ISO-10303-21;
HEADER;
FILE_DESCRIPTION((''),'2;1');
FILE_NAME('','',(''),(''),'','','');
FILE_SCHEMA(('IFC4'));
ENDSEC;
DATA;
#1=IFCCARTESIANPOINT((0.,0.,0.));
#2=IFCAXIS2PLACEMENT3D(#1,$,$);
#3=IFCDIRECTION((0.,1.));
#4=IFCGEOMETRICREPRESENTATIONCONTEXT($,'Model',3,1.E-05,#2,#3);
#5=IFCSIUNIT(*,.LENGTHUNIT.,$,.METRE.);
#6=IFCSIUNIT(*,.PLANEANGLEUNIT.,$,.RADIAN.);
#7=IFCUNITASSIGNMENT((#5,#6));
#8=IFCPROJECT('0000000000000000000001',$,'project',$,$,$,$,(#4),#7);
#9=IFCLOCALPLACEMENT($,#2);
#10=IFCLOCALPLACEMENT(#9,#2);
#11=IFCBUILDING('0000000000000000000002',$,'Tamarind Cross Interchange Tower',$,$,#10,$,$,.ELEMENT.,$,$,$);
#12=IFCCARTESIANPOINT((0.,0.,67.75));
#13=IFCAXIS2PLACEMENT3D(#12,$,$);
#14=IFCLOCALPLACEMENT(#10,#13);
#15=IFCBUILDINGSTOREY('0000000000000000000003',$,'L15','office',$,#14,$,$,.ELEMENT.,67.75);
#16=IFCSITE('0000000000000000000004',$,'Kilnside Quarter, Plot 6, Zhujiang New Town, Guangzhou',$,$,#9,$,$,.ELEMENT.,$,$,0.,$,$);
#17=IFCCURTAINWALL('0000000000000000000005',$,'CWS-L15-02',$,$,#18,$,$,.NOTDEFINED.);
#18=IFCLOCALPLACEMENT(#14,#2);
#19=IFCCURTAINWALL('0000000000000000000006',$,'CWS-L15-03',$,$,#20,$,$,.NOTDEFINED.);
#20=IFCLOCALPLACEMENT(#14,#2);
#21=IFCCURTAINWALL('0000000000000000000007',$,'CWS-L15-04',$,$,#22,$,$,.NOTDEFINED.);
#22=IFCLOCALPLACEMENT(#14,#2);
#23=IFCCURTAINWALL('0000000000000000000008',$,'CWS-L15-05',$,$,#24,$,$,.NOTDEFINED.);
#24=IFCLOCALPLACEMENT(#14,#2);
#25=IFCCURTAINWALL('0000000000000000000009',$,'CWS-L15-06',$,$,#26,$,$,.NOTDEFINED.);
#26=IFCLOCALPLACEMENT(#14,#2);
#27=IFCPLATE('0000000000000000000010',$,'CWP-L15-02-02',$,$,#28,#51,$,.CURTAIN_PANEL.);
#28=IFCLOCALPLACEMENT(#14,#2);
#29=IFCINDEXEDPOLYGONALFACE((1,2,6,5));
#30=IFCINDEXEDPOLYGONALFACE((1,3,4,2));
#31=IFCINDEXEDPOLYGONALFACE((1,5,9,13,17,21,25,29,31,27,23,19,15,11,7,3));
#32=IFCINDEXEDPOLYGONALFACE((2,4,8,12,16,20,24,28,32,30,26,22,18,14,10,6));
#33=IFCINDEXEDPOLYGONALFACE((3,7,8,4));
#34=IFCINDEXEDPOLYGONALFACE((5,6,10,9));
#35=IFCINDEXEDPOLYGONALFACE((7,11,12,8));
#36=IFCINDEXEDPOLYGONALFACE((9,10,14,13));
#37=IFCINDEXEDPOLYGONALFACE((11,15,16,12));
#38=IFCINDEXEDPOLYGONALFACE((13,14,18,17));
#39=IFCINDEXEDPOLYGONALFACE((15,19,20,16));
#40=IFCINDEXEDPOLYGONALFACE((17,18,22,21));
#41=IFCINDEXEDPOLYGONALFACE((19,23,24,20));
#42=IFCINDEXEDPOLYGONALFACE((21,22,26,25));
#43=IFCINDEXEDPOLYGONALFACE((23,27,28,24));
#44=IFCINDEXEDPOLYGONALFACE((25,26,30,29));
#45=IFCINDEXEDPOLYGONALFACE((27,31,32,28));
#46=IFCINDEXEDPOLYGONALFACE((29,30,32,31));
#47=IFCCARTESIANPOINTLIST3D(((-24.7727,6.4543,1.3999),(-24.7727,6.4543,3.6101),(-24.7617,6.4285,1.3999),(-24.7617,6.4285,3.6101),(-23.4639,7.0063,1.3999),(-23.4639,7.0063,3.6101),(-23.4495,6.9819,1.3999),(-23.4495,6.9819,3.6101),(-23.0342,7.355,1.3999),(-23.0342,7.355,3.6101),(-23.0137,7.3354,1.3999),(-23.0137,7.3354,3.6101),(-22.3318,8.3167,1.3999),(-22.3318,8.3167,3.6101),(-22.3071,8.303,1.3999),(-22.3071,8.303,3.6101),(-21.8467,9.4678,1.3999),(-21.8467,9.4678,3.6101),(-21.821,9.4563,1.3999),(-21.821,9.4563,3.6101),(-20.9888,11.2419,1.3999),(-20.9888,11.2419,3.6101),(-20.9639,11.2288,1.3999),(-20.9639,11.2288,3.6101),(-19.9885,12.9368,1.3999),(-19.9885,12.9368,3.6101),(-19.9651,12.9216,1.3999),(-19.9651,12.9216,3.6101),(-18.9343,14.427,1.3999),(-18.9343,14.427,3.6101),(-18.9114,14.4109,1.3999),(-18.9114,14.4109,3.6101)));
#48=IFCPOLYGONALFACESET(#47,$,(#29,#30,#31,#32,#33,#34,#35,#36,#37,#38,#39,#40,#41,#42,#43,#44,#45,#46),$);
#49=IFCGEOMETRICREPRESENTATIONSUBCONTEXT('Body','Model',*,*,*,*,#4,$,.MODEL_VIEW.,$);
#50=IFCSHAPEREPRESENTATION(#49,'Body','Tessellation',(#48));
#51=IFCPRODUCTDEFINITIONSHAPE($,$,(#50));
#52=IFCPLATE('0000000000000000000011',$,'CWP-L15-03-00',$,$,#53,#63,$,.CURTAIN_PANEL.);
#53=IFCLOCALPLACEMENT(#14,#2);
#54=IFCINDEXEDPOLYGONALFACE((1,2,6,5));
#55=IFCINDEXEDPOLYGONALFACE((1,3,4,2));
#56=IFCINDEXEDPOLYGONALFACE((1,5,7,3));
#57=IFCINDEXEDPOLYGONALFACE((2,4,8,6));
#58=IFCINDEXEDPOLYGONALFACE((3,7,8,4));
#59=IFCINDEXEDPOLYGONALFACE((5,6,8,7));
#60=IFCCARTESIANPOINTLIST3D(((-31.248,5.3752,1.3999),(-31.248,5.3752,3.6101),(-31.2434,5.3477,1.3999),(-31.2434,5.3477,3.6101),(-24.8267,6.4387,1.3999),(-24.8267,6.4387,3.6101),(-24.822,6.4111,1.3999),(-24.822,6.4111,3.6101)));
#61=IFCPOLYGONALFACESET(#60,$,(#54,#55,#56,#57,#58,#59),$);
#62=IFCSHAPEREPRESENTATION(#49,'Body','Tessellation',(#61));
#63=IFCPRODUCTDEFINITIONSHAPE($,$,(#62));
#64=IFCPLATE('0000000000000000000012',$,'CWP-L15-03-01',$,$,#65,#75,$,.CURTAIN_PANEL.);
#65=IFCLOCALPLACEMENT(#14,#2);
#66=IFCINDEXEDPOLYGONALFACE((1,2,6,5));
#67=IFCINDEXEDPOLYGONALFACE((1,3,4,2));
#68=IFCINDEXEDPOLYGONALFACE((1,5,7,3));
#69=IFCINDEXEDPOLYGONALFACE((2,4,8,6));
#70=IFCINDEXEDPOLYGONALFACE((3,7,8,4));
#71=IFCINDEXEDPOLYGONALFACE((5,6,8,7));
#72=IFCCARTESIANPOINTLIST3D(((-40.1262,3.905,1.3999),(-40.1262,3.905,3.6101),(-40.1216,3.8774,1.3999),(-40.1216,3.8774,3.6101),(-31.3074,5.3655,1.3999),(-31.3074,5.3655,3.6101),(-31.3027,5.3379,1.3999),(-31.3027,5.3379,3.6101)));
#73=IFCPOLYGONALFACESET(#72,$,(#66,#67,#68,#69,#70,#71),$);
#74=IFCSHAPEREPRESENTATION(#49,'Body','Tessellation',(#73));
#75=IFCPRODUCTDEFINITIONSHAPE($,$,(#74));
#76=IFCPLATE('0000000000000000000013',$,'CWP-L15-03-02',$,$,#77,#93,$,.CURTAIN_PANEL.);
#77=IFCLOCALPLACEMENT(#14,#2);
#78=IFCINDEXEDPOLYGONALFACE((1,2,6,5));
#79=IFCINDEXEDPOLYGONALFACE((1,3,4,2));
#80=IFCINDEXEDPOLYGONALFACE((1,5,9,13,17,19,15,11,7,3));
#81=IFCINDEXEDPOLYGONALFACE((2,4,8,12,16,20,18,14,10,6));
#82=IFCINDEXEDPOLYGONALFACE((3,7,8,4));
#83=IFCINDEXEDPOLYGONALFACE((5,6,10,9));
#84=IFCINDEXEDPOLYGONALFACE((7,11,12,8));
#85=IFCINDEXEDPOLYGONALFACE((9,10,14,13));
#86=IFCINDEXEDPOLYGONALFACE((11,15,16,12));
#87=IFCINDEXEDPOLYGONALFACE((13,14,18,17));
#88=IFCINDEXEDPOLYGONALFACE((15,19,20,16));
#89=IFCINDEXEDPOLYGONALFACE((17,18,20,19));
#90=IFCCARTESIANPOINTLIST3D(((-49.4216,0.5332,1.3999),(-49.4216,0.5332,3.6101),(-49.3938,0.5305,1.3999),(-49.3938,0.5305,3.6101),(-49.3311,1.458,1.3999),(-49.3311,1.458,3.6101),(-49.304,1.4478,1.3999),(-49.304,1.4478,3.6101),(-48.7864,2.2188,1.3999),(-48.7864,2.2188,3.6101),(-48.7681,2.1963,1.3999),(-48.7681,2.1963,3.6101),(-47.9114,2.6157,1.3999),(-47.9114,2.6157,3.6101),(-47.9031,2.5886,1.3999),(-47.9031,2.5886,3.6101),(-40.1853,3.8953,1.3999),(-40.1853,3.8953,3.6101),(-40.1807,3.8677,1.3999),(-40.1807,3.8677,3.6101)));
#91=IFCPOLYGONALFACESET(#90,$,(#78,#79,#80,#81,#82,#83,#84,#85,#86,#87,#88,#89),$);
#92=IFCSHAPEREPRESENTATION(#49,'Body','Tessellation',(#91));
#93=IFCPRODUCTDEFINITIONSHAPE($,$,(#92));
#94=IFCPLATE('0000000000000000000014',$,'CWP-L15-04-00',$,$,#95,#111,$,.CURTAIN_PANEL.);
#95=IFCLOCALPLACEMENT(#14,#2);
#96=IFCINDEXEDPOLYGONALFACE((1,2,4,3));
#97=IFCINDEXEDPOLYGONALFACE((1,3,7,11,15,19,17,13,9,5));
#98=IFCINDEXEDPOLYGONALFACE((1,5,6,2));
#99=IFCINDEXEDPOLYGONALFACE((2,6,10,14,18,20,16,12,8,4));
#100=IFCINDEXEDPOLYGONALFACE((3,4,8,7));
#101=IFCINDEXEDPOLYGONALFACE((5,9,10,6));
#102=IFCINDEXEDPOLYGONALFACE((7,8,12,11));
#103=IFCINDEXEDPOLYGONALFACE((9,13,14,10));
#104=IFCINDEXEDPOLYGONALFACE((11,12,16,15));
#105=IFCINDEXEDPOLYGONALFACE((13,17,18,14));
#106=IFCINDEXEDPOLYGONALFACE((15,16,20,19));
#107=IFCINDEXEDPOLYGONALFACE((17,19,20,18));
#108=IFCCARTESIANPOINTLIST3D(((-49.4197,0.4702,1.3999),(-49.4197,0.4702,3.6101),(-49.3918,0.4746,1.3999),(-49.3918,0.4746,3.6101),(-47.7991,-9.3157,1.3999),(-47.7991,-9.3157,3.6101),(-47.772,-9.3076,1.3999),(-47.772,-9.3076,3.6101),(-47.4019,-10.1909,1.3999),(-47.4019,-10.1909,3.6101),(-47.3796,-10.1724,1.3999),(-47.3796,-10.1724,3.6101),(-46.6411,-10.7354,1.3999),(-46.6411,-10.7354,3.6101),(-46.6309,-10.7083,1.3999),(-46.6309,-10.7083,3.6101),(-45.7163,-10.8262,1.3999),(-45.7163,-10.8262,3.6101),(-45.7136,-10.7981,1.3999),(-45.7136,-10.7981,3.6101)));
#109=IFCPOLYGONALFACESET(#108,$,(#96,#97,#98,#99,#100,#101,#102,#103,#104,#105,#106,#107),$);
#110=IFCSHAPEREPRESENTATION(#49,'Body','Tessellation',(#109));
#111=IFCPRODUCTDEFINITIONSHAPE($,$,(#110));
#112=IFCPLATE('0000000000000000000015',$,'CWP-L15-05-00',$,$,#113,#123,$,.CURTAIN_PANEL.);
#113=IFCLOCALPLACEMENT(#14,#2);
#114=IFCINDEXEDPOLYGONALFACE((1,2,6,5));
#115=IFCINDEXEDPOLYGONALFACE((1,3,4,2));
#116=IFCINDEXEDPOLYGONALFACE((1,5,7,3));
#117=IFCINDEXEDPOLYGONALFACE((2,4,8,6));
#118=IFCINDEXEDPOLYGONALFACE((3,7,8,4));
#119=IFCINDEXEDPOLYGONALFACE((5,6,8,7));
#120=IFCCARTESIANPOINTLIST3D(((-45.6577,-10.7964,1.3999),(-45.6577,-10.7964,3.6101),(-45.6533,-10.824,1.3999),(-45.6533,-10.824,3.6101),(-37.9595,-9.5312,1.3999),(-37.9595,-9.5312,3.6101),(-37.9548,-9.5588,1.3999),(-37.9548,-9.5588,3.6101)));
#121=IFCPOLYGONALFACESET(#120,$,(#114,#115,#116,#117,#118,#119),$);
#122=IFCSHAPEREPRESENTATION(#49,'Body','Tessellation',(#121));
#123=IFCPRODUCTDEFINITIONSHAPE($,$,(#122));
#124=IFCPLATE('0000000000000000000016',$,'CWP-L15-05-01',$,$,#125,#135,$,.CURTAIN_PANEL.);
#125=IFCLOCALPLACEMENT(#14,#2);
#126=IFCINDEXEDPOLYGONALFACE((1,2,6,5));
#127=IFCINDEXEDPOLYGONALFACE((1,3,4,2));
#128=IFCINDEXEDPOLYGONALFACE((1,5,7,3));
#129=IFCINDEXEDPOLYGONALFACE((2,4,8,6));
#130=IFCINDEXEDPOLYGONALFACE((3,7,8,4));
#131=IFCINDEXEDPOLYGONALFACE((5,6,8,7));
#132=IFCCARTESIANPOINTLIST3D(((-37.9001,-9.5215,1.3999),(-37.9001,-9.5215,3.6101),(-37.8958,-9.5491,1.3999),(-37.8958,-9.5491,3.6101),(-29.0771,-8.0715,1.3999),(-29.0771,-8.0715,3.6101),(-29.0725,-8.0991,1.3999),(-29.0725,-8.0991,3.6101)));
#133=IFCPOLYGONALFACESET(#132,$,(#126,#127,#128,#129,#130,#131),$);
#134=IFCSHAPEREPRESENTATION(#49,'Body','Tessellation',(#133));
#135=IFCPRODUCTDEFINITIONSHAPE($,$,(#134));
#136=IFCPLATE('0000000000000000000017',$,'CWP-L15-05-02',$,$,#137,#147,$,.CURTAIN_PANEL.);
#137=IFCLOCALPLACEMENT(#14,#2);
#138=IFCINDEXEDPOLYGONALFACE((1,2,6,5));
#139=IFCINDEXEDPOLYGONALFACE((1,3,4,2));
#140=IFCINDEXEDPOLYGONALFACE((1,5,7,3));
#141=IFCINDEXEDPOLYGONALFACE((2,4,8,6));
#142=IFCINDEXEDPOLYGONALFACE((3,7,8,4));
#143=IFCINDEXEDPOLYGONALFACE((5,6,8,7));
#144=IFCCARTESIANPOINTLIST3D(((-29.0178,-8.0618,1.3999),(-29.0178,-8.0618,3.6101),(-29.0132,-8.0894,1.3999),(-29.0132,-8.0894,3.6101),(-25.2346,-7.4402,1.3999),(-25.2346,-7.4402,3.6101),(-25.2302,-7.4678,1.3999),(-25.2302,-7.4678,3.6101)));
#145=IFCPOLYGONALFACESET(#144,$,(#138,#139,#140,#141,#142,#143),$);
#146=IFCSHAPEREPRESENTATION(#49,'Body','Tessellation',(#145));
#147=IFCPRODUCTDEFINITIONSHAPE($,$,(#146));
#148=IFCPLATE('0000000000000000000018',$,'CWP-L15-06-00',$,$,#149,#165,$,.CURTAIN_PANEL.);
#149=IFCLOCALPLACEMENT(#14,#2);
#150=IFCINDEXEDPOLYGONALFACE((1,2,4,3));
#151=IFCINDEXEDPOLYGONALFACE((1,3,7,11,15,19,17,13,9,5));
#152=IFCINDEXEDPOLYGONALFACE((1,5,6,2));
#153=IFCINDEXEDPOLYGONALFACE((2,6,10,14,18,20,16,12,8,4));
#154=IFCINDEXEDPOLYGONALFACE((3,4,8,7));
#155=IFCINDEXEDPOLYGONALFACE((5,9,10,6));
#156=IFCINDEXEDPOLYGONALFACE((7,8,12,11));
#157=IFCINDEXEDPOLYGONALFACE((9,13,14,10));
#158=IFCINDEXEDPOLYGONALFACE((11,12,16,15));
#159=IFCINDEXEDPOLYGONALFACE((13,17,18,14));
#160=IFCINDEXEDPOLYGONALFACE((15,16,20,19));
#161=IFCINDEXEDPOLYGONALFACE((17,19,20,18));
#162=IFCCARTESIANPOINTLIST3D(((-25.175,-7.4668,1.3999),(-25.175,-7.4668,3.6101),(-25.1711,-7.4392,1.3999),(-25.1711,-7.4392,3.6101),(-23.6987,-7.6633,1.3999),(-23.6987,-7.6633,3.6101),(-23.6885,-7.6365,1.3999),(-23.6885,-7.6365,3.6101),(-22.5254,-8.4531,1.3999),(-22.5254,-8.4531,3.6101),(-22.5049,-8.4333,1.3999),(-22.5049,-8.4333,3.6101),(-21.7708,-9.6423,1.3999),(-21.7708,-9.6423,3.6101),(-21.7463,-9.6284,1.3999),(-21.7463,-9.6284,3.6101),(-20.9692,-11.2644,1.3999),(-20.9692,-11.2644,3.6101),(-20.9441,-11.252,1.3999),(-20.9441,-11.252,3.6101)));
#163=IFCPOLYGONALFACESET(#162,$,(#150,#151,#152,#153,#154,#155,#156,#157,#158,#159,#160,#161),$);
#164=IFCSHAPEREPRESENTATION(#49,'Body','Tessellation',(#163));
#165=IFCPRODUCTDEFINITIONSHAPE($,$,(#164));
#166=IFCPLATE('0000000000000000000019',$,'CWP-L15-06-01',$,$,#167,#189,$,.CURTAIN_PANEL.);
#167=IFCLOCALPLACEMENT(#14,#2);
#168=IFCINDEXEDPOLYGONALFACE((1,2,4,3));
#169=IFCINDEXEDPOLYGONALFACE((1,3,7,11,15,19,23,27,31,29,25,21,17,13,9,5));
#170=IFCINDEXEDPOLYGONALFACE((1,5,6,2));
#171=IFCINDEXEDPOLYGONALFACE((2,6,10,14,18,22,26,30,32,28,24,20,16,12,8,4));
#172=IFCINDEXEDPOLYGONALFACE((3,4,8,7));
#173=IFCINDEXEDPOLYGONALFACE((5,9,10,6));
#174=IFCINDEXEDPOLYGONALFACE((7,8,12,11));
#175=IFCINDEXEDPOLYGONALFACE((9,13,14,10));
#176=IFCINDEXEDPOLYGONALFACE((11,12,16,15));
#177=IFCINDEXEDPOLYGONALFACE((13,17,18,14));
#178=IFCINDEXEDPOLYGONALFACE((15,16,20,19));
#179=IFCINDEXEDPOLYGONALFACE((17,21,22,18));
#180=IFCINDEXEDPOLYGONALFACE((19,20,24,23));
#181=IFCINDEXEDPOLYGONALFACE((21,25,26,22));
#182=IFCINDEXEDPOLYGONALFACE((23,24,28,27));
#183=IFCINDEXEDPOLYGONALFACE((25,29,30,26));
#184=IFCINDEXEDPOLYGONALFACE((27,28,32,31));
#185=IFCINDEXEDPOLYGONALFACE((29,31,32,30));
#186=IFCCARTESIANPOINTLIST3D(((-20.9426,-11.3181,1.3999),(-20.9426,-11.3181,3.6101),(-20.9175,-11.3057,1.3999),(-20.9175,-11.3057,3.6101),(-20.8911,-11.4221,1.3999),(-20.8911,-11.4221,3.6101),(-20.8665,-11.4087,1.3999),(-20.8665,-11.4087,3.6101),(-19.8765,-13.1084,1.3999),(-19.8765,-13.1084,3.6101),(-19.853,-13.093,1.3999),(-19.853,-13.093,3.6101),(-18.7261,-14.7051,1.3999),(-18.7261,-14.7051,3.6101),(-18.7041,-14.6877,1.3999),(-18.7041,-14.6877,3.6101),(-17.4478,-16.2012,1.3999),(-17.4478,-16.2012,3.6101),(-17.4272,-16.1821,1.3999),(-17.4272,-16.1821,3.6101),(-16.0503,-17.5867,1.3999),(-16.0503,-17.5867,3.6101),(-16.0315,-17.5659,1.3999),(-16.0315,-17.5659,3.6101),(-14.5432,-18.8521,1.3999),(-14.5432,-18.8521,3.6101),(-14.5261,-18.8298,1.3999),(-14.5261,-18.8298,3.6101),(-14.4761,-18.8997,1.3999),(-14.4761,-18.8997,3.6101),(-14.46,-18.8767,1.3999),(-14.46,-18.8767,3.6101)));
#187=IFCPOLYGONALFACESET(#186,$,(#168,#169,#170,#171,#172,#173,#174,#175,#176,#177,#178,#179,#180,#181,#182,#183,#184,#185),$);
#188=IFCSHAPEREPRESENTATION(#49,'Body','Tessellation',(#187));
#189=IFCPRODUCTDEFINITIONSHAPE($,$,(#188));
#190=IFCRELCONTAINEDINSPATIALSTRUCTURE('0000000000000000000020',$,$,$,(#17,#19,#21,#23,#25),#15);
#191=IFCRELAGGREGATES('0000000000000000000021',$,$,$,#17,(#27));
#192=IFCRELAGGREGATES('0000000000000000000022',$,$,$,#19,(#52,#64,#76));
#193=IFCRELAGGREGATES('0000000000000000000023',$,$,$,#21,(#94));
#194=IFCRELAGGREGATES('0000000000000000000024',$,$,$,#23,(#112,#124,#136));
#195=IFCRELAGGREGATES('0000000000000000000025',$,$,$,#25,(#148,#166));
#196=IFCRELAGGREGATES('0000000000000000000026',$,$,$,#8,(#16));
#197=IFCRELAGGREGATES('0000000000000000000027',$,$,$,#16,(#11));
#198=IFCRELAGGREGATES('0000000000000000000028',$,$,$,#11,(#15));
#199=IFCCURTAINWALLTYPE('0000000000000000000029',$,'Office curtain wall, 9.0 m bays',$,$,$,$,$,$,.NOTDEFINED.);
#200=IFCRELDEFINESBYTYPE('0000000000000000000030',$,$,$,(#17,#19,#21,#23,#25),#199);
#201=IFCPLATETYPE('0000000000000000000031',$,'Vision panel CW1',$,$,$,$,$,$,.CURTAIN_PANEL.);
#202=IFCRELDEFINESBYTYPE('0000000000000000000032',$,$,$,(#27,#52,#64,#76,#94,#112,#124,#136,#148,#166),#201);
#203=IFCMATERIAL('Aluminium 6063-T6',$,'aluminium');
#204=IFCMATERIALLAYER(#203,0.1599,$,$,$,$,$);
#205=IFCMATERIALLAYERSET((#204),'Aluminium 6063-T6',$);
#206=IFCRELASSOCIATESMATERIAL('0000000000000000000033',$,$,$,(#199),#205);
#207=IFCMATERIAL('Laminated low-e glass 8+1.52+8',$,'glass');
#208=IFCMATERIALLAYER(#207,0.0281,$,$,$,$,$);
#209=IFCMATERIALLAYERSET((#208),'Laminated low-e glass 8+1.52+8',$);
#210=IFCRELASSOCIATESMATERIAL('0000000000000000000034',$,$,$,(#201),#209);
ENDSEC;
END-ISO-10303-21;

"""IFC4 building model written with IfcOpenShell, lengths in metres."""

from ifc_helpers import new_model, si_unit, direction, frame, origin, place, context, subcontext, project, spatial, polyline, outline, extrude, material, layer, layer_set, type_object, element, aggregate, save


model = new_model("IFC4")

# Units and contexts
model_context = context("Model", 3, precision=1e-05, world=origin(), true_north=direction((0.0, 1.0)))
body_context = subcontext(model_context, "Body", "Model", "MODEL_VIEW")
ifc_project = project(units=[si_unit("LENGTHUNIT", "METRE"), si_unit("PLANEANGLEUNIT", "RADIAN")], contexts=[model_context])

# Site, building, storey
site_placement = place(None, origin())
site = spatial("IfcSite", under=ifc_project, at=site_placement, Name="Kilnside Quarter, Plot 6, Zhujiang New Town, Guangzhou", CompositionType="ELEMENT", RefElevation=0.0)
building_placement = place(site_placement, origin())
building = spatial("IfcBuilding", under=site, at=building_placement, Name="Tamarind Cross Interchange Tower", CompositionType="ELEMENT")
storey_placement = place(building_placement, frame((0.0, 0.0, 67.75)))
storey = spatial("IfcBuildingStorey", under=building, at=storey_placement, Name="L15", Description="office", CompositionType="ELEMENT", Elevation=67.75)

# Curtain walls
ifc_material_1 = material(Name="Aluminium 6063-T6", Category="aluminium")
ifc_layer_1 = layer(ifc_material_1, 0.1599)
ifc_layer_set_1 = layer_set([ifc_layer_1], Name="Aluminium 6063-T6")
curtain_wall_type = type_object("IfcCurtainWallType", Name="Office curtain wall, 9.0 m bays", PredefinedType="NOTDEFINED", material=ifc_layer_set_1)
curtain_wall_1_placement = place(storey_placement, origin())
curtain_wall_1 = element("IfcCurtainWall", 1, at=curtain_wall_1_placement, inside=storey, type_object=curtain_wall_type, Name="CWS-L15-02", PredefinedType="NOTDEFINED")
curtain_wall_2_placement = place(storey_placement, origin())
curtain_wall_2 = element("IfcCurtainWall", 2, at=curtain_wall_2_placement, inside=storey, type_object=curtain_wall_type, Name="CWS-L15-03", PredefinedType="NOTDEFINED")
curtain_wall_3_placement = place(storey_placement, origin())
curtain_wall_3 = element("IfcCurtainWall", 3, at=curtain_wall_3_placement, inside=storey, type_object=curtain_wall_type, Name="CWS-L15-04", PredefinedType="NOTDEFINED")
curtain_wall_4_placement = place(storey_placement, origin())
curtain_wall_4 = element("IfcCurtainWall", 4, at=curtain_wall_4_placement, inside=storey, type_object=curtain_wall_type, Name="CWS-L15-05", PredefinedType="NOTDEFINED")
curtain_wall_5_placement = place(storey_placement, origin())
curtain_wall_5 = element("IfcCurtainWall", 5, at=curtain_wall_5_placement, inside=storey, type_object=curtain_wall_type, Name="CWS-L15-06", PredefinedType="NOTDEFINED")

# Plates
ifc_material_2 = material(Name="Laminated low-e glass 8+1.52+8", Category="glass")
ifc_layer_2 = layer(ifc_material_2, 0.0281)
ifc_layer_set_2 = layer_set([ifc_layer_2], Name="Laminated low-e glass 8+1.52+8")
plate_type = type_object("IfcPlateType", Name="Vision panel CW1", PredefinedType="CURTAIN_PANEL", material=ifc_layer_set_2)
plate_1_placement = place(storey_placement, frame((0.0, 0.0, 1.3999)))
plate_1 = element("IfcPlate", 6, at=plate_1_placement, type_object=plate_type, Name="CWP-L15-02-02", PredefinedType="CURTAIN_PANEL", context=body_context, shape_type="SweptSolid", body=[
    extrude(outline(polyline([(-18.9114, 14.4109), (-19.9651, 12.9216), (-20.9639, 11.2288), (-21.821, 9.4563), (-22.3071, 8.303), (-23.0137, 7.3354), (-23.4495, 6.9819), (-24.7617, 6.4285), (-24.7727, 6.4543), (-23.4639, 7.0063), (-23.0342, 7.355), (-22.3318, 8.3167), (-21.8467, 9.4678), (-20.9888, 11.2419), (-19.9885, 12.9368), (-18.9343, 14.427), (-18.9114, 14.4109)])), origin(), (0.0, 0.0, 1.0), 2.2102),
])
aggregate(curtain_wall_1, [plate_1])
plate_2_placement = place(storey_placement, frame((0.0, 0.0, 1.3999)))
plate_2 = element("IfcPlate", 7, at=plate_2_placement, type_object=plate_type, Name="CWP-L15-03-00", PredefinedType="CURTAIN_PANEL", context=body_context, shape_type="SweptSolid", body=[
    extrude(outline(polyline([(-24.822, 6.4111), (-31.2434, 5.3477), (-31.248, 5.3752), (-24.8267, 6.4387), (-24.822, 6.4111)])), origin(), (0.0, 0.0, 1.0), 2.2102),
])
plate_3_placement = place(storey_placement, frame((0.0, 0.0, 1.3999)))
plate_3 = element("IfcPlate", 8, at=plate_3_placement, type_object=plate_type, Name="CWP-L15-03-01", PredefinedType="CURTAIN_PANEL", context=body_context, shape_type="SweptSolid", body=[
    extrude(outline(polyline([(-31.3027, 5.3379), (-40.1216, 3.8774), (-40.1262, 3.905), (-31.3074, 5.3655), (-31.3027, 5.3379)])), origin(), (0.0, 0.0, 1.0), 2.2102),
])
plate_4_placement = place(storey_placement, frame((0.0, 0.0, 1.3999)))
plate_4 = element("IfcPlate", 9, at=plate_4_placement, type_object=plate_type, Name="CWP-L15-03-02", PredefinedType="CURTAIN_PANEL", context=body_context, shape_type="SweptSolid", body=[
    extrude(outline(polyline([(-40.1807, 3.8677), (-47.9031, 2.5886), (-48.7681, 2.1963), (-49.304, 1.4478), (-49.3938, 0.5305), (-49.4216, 0.5332), (-49.3311, 1.458), (-48.7864, 2.2188), (-47.9114, 2.6157), (-40.1853, 3.8953), (-40.1807, 3.8677)])), origin(), (0.0, 0.0, 1.0), 2.2102),
])
aggregate(curtain_wall_2, [plate_2, plate_3, plate_4])
plate_5_placement = place(storey_placement, frame((0.0, 0.0, 1.3999)))
plate_5 = element("IfcPlate", 10, at=plate_5_placement, type_object=plate_type, Name="CWP-L15-04-00", PredefinedType="CURTAIN_PANEL", context=body_context, shape_type="SweptSolid", body=[
    extrude(outline(polyline([(-49.3918, 0.4746), (-47.772, -9.3076), (-47.3796, -10.1724), (-46.6309, -10.7083), (-45.7136, -10.7981), (-45.7163, -10.8262), (-46.6411, -10.7354), (-47.4019, -10.1909), (-47.7991, -9.3157), (-49.4197, 0.4702), (-49.3918, 0.4746)])), origin(), (0.0, 0.0, 1.0), 2.2102),
])
aggregate(curtain_wall_3, [plate_5])
plate_6_placement = place(storey_placement, frame((0.0, 0.0, 1.3999)))
plate_6 = element("IfcPlate", 11, at=plate_6_placement, type_object=plate_type, Name="CWP-L15-05-00", PredefinedType="CURTAIN_PANEL", context=body_context, shape_type="SweptSolid", body=[
    extrude(outline(polyline([(-45.6577, -10.7964), (-37.9595, -9.5312), (-37.9548, -9.5588), (-45.6533, -10.824), (-45.6577, -10.7964)])), origin(), (0.0, 0.0, 1.0), 2.2102),
])
plate_7_placement = place(storey_placement, frame((0.0, 0.0, 1.3999)))
plate_7 = element("IfcPlate", 12, at=plate_7_placement, type_object=plate_type, Name="CWP-L15-05-01", PredefinedType="CURTAIN_PANEL", context=body_context, shape_type="SweptSolid", body=[
    extrude(outline(polyline([(-37.9001, -9.5215), (-29.0771, -8.0715), (-29.0725, -8.0991), (-37.8958, -9.5491), (-37.9001, -9.5215)])), origin(), (0.0, 0.0, 1.0), 2.2102),
])
plate_8_placement = place(storey_placement, frame((0.0, 0.0, 1.3999)))
plate_8 = element("IfcPlate", 13, at=plate_8_placement, type_object=plate_type, Name="CWP-L15-05-02", PredefinedType="CURTAIN_PANEL", context=body_context, shape_type="SweptSolid", body=[
    extrude(outline(polyline([(-29.0178, -8.0618), (-25.2346, -7.4402), (-25.2302, -7.4678), (-29.0132, -8.0894), (-29.0178, -8.0618)])), origin(), (0.0, 0.0, 1.0), 2.2102),
])
aggregate(curtain_wall_4, [plate_6, plate_7, plate_8])
plate_9_placement = place(storey_placement, frame((0.0, 0.0, 1.3999)))
plate_9 = element("IfcPlate", 14, at=plate_9_placement, type_object=plate_type, Name="CWP-L15-06-00", PredefinedType="CURTAIN_PANEL", context=body_context, shape_type="SweptSolid", body=[
    extrude(outline(polyline([(-25.1711, -7.4392), (-23.6885, -7.6365), (-22.5049, -8.4333), (-21.7463, -9.6284), (-20.9441, -11.252), (-20.9692, -11.2644), (-21.7708, -9.6423), (-22.5254, -8.4531), (-23.6987, -7.6633), (-25.175, -7.4668), (-25.1711, -7.4392)])), origin(), (0.0, 0.0, 1.0), 2.2102),
])
plate_10_placement = place(storey_placement, frame((0.0, 0.0, 1.3999)))
plate_10 = element("IfcPlate", 15, at=plate_10_placement, type_object=plate_type, Name="CWP-L15-06-01", PredefinedType="CURTAIN_PANEL", context=body_context, shape_type="SweptSolid", body=[
    extrude(outline(polyline([(-20.9175, -11.3057), (-20.8665, -11.4087), (-19.853, -13.093), (-18.7041, -14.6877), (-17.4272, -16.1821), (-16.0315, -17.5659), (-14.5261, -18.8298), (-14.46, -18.8767), (-14.4761, -18.8997), (-14.5432, -18.8521), (-16.0503, -17.5867), (-17.4478, -16.2012), (-18.7261, -14.7051), (-19.8765, -13.1084), (-20.8911, -11.4221), (-20.9426, -11.3181), (-20.9175, -11.3057)])), origin(), (0.0, 0.0, 1.0), 2.2102),
])
aggregate(curtain_wall_5, [plate_9, plate_10])

save(model, "model.ifc")
